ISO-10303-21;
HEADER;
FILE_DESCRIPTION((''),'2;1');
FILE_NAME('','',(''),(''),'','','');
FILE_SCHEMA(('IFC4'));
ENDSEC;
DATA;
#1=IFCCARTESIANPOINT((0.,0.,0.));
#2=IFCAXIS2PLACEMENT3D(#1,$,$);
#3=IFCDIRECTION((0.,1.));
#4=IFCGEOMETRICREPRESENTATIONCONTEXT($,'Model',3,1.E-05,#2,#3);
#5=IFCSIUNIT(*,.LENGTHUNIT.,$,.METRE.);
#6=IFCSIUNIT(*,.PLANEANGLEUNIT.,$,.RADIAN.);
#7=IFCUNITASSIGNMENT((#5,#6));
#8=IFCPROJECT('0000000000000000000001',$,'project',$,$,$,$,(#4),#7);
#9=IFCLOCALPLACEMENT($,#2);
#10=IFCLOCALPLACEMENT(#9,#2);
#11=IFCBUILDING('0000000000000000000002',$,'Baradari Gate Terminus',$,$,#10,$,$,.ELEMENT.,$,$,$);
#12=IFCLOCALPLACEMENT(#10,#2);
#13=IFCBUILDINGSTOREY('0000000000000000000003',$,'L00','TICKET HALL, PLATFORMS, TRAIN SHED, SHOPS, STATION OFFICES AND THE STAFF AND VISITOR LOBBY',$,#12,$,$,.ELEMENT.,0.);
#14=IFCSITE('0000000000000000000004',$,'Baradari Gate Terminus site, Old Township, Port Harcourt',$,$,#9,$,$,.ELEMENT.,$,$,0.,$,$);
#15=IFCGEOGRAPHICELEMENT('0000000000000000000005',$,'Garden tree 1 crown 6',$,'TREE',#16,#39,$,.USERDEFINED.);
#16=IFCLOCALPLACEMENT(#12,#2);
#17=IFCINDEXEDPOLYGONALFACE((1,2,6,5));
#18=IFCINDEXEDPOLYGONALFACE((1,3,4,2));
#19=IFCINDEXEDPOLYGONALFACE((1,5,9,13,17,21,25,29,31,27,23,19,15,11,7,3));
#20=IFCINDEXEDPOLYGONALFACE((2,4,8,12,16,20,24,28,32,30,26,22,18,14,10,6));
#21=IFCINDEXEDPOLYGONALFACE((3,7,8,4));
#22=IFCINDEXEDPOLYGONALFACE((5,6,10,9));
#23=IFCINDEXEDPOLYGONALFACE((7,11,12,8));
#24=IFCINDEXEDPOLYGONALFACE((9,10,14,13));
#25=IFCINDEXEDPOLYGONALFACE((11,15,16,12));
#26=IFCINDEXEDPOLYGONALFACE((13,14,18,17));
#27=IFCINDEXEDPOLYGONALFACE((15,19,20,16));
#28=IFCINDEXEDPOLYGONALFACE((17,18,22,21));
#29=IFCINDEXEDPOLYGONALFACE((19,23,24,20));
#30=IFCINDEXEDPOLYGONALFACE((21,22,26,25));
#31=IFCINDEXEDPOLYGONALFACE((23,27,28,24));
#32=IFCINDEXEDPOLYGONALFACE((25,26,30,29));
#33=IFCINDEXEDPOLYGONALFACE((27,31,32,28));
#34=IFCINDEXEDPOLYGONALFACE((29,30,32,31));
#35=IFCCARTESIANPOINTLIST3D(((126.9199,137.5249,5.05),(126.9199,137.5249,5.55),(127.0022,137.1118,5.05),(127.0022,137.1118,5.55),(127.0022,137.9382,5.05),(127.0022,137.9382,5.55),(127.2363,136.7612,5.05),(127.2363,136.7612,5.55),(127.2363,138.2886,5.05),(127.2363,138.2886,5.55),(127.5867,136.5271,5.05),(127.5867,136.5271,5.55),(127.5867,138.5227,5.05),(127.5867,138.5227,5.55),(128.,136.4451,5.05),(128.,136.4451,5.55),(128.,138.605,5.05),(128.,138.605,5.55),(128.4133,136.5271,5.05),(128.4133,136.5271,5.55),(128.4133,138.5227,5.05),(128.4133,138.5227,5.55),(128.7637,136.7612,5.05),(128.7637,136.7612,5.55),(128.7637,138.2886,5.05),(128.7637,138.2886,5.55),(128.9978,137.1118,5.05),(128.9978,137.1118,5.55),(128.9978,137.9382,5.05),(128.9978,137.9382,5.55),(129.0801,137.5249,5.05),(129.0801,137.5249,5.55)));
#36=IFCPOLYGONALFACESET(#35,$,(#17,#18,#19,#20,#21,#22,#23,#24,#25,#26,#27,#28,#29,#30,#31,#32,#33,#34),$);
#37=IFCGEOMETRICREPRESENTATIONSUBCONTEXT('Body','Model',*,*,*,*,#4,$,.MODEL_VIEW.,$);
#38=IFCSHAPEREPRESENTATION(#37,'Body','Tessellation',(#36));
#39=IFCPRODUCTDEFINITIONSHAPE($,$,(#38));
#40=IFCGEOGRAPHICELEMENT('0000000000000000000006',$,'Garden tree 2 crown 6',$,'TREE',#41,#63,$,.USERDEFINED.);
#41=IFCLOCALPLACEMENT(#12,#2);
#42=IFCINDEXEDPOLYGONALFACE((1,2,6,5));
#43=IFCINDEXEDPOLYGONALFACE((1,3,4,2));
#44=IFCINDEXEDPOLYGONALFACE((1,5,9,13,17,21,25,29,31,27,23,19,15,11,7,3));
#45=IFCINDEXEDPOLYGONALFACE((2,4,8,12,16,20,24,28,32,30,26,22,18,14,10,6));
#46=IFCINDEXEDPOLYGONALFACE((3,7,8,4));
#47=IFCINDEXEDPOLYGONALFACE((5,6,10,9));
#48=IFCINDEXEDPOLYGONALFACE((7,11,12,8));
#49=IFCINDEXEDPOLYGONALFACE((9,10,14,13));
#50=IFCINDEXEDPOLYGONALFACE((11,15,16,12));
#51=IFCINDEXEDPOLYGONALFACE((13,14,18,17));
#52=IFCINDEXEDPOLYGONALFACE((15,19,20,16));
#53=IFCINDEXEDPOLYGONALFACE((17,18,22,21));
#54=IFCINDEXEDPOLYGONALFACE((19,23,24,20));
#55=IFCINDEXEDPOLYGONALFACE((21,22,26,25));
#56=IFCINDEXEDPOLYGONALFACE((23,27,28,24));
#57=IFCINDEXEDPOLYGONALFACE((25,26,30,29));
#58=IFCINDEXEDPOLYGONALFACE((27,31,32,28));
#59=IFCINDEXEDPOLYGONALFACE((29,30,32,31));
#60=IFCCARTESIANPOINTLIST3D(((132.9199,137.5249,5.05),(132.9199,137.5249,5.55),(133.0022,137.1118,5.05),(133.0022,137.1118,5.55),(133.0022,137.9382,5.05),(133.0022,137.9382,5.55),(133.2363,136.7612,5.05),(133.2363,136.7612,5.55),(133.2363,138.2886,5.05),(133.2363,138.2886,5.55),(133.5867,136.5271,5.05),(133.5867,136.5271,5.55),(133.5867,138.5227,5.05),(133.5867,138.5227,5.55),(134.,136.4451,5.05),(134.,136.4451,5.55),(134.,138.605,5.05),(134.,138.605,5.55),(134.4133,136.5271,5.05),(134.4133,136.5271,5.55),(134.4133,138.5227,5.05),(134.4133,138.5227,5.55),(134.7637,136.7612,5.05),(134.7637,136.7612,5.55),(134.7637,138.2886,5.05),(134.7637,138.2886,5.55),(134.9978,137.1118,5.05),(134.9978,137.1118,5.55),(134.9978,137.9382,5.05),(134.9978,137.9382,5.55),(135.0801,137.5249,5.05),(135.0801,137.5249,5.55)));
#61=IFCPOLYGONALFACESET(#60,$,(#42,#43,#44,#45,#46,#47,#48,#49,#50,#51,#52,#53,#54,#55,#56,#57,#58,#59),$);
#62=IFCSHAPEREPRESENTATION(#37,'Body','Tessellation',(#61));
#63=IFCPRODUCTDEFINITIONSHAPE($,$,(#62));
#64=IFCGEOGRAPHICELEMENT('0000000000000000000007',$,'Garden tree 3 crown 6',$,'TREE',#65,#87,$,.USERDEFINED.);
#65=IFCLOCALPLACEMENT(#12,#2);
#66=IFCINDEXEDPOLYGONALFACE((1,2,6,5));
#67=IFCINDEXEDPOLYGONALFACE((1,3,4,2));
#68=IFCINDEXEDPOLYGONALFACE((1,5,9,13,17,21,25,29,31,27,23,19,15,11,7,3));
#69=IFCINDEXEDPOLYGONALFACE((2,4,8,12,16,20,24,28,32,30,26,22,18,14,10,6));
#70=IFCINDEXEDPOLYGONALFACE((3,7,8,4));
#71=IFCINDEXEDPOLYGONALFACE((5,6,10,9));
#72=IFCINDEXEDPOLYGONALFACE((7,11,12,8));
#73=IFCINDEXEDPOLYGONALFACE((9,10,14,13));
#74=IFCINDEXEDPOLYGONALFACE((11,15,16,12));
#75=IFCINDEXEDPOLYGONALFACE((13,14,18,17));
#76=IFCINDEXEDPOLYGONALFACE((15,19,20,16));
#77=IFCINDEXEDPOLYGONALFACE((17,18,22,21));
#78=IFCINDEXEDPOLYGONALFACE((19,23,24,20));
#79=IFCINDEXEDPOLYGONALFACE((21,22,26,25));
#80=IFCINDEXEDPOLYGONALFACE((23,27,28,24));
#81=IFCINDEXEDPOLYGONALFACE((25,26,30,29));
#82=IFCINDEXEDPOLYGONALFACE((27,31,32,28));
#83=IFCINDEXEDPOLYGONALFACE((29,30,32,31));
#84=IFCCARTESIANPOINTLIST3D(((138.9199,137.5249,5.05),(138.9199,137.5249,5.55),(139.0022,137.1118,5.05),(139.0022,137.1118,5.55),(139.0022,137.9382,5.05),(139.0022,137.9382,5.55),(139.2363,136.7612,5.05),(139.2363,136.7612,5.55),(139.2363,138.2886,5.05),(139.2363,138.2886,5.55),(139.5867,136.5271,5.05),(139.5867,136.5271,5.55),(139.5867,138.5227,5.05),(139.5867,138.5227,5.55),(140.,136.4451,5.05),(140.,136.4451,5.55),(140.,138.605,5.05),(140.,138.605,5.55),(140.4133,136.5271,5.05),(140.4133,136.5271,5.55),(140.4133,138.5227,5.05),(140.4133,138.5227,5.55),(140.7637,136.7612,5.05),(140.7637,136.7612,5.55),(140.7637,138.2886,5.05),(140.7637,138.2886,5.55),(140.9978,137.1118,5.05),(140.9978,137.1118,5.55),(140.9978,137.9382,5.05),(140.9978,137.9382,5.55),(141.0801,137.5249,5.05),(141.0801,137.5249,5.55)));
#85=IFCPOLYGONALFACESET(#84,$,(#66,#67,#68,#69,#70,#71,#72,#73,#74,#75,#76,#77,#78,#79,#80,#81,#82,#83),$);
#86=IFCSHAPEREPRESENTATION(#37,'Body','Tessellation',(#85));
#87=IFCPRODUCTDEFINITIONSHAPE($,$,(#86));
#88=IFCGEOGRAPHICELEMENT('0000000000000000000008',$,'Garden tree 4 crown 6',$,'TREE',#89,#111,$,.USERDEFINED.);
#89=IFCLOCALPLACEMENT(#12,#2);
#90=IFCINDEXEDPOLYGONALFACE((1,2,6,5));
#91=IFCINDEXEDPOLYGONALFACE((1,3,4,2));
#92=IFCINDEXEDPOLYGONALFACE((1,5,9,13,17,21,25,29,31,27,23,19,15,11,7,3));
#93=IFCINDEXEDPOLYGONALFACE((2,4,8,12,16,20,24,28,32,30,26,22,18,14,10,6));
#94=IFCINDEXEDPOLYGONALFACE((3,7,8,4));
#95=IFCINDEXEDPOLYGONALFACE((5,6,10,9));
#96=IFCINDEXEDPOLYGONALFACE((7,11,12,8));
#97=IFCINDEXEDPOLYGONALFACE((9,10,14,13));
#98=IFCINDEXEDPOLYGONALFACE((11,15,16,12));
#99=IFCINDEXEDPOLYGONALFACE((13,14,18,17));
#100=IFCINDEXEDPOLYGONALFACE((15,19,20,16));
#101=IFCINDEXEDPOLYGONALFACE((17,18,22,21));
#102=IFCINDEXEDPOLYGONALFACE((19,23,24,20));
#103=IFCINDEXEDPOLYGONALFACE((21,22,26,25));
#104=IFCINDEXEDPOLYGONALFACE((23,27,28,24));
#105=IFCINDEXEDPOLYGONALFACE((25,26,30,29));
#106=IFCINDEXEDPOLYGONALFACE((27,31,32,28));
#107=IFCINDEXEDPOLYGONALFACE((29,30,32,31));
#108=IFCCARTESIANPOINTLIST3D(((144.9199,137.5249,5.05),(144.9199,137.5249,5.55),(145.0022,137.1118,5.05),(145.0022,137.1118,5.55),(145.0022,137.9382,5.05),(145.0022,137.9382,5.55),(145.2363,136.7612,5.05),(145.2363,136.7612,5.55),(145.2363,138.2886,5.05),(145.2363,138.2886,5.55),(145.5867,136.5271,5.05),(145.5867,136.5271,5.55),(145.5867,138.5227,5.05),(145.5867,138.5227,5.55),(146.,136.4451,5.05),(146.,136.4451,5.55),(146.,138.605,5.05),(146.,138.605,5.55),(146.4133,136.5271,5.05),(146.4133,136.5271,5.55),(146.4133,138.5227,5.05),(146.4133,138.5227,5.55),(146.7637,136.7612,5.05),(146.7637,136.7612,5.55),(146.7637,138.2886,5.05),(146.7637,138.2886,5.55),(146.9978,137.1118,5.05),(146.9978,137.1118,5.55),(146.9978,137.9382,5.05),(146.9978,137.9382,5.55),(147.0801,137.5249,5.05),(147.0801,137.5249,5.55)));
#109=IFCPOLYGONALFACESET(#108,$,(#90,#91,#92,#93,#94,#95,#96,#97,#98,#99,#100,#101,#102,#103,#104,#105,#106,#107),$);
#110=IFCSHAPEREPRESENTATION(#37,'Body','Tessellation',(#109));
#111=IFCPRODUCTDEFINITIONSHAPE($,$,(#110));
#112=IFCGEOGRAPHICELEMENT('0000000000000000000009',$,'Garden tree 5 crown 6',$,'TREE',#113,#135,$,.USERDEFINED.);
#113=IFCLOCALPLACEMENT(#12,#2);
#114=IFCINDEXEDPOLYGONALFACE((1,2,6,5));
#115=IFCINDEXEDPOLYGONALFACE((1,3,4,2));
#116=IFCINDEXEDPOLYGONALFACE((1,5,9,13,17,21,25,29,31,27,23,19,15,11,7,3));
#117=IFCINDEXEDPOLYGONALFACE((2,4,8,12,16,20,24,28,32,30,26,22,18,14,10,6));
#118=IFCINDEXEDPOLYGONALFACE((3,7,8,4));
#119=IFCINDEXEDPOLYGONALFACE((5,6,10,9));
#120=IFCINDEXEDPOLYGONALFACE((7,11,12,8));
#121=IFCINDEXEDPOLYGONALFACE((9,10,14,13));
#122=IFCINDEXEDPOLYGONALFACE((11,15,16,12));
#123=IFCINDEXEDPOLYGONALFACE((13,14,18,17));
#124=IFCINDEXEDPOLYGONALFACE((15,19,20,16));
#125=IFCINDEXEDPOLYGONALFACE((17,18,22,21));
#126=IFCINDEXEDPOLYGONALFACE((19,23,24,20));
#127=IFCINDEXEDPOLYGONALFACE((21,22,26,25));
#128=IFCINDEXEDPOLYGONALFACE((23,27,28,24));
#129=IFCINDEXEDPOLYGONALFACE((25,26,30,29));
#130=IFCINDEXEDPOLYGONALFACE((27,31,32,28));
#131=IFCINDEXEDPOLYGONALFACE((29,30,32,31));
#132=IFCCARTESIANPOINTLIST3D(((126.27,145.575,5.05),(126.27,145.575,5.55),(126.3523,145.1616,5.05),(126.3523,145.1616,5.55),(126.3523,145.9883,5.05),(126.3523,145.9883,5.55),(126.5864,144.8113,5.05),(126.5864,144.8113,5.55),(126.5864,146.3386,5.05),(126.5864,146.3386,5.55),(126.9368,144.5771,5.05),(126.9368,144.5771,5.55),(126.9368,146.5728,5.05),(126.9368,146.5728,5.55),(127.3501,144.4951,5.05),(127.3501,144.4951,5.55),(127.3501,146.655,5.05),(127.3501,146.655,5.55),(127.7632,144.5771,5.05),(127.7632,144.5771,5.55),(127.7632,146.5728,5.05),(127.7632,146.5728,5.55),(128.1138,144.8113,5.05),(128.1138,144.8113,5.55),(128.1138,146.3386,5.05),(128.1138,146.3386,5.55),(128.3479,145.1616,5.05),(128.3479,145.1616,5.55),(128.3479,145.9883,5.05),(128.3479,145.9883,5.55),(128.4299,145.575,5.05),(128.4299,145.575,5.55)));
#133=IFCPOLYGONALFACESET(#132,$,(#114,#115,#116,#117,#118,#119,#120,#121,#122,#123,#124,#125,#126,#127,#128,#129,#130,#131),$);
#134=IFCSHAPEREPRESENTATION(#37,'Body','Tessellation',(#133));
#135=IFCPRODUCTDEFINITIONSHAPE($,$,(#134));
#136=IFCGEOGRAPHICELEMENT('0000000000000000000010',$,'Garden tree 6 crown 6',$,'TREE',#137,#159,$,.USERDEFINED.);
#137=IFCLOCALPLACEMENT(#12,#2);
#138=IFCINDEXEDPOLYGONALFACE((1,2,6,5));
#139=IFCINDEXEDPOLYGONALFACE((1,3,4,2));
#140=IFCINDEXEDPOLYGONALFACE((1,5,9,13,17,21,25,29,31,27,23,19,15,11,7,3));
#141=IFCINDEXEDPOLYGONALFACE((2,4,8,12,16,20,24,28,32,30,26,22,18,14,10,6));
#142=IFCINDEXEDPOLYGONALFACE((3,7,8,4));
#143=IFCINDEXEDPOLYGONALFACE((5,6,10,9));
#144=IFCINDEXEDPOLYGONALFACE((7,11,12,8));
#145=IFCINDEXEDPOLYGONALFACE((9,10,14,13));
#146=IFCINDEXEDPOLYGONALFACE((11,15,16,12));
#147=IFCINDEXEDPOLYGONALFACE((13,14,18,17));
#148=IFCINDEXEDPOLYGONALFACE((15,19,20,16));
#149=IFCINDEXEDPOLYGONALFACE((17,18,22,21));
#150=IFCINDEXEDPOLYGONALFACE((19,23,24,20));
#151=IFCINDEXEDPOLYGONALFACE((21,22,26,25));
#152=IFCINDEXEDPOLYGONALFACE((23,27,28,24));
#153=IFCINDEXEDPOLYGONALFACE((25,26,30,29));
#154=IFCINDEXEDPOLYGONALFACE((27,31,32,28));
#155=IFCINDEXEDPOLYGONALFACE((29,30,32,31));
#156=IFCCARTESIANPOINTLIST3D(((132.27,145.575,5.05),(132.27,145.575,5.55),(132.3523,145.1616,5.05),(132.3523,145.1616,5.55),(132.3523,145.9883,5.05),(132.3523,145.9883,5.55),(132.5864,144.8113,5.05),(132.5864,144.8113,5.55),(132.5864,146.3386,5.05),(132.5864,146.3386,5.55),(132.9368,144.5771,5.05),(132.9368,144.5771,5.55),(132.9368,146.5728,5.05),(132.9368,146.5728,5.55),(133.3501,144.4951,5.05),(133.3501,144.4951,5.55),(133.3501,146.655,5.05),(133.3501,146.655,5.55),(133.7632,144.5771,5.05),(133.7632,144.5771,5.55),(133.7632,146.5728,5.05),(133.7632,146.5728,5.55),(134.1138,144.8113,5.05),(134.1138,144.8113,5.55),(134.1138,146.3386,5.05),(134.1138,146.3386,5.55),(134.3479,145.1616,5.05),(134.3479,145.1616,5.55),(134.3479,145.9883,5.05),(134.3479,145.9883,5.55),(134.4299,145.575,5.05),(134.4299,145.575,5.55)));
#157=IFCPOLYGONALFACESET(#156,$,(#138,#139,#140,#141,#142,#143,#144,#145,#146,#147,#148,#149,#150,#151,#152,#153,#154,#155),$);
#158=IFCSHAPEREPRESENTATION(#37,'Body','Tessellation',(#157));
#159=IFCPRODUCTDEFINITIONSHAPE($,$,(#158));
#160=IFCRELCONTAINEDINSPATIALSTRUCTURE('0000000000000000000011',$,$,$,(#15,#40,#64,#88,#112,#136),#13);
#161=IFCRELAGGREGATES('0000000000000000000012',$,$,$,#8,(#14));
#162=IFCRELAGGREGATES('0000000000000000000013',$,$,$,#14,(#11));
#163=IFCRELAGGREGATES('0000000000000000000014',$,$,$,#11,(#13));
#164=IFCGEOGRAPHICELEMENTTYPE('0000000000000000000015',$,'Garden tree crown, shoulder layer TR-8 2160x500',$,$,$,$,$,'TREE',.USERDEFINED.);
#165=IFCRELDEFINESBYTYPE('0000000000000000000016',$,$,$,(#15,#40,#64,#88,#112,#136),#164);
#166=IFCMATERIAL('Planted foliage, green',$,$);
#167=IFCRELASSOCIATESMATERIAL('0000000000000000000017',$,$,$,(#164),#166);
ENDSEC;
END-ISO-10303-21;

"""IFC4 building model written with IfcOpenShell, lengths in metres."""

from ifc_helpers import new_model, si_unit, direction, frame, origin, place, context, subcontext, project, spatial, polyline, outline, extrude, material, type_object, element, save


model = new_model("IFC4")

# Units and contexts
model_context = context("Model", 3, precision=1e-05, world=origin(), true_north=direction((0.0, 1.0)))
body_context = subcontext(model_context, "Body", "Model", "MODEL_VIEW")
ifc_project = project(units=[si_unit("LENGTHUNIT", "METRE"), si_unit("PLANEANGLEUNIT", "RADIAN")], contexts=[model_context])

# Site, building, storey
site_placement = place(None, origin())
site = spatial("IfcSite", under=ifc_project, at=site_placement, Name="Baradari Gate Terminus site, Old Township, Port Harcourt", CompositionType="ELEMENT", RefElevation=0.0)
building_placement = place(site_placement, origin())
building = spatial("IfcBuilding", under=site, at=building_placement, Name="Baradari Gate Terminus", CompositionType="ELEMENT")
storey_placement = place(building_placement, origin())
storey = spatial("IfcBuildingStorey", under=building, at=storey_placement, Name="L00", Description="TICKET HALL, PLATFORMS, TRAIN SHED, SHOPS, STATION OFFICES AND THE STAFF AND VISITOR LOBBY", CompositionType="ELEMENT", Elevation=0.0)

# Geographic elements
ifc_material_1 = material(Name="Planted foliage, green")
geographic_element_type_1 = type_object("IfcGeographicElementType", Name="Garden tree crown, shoulder layer TR-8 2160x500", ElementType="TREE", PredefinedType="USERDEFINED", material=ifc_material_1)
geographic_element_1_placement = place(storey_placement, frame((0.0, 0.0, 5.05)))
element("IfcGeographicElement", 1, at=geographic_element_1_placement, inside=storey, type_object=geographic_element_type_1, Name="Garden tree 1 crown 6", ObjectType="TREE", PredefinedType="USERDEFINED", context=body_context, shape_type="SweptSolid", body=[
    extrude(outline(polyline([(129.0801, 137.5249), (128.9978, 137.9382), (128.7637, 138.2886), (128.4133, 138.5227), (128.0, 138.605), (127.5867, 138.5227), (127.2363, 138.2886), (127.0022, 137.9382), (126.9199, 137.5249), (127.0022, 137.1118), (127.2363, 136.7612), (127.5867, 136.5271), (128.0, 136.4451), (128.4133, 136.5271), (128.7637, 136.7612), (128.9978, 137.1118), (129.0801, 137.5249)])), origin(), (0.0, 0.0, 1.0), 0.5),
])
geographic_element_2_placement = place(storey_placement, frame((0.0, 0.0, 5.05)))
element("IfcGeographicElement", 2, at=geographic_element_2_placement, inside=storey, type_object=geographic_element_type_1, Name="Garden tree 2 crown 6", ObjectType="TREE", PredefinedType="USERDEFINED", context=body_context, shape_type="SweptSolid", body=[
    extrude(outline(polyline([(135.0801, 137.5249), (134.9978, 137.9382), (134.7637, 138.2886), (134.4133, 138.5227), (134.0, 138.605), (133.5867, 138.5227), (133.2363, 138.2886), (133.0022, 137.9382), (132.9199, 137.5249), (133.0022, 137.1118), (133.2363, 136.7612), (133.5867, 136.5271), (134.0, 136.4451), (134.4133, 136.5271), (134.7637, 136.7612), (134.9978, 137.1118), (135.0801, 137.5249)])), origin(), (0.0, 0.0, 1.0), 0.5),
])
geographic_element_3_placement = place(storey_placement, frame((0.0, 0.0, 5.05)))
element("IfcGeographicElement", 3, at=geographic_element_3_placement, inside=storey, type_object=geographic_element_type_1, Name="Garden tree 3 crown 6", ObjectType="TREE", PredefinedType="USERDEFINED", context=body_context, shape_type="SweptSolid", body=[
    extrude(outline(polyline([(141.0801, 137.5249), (140.9978, 137.9382), (140.7637, 138.2886), (140.4133, 138.5227), (140.0, 138.605), (139.5867, 138.5227), (139.2363, 138.2886), (139.0022, 137.9382), (138.9199, 137.5249), (139.0022, 137.1118), (139.2363, 136.7612), (139.5867, 136.5271), (140.0, 136.4451), (140.4133, 136.5271), (140.7637, 136.7612), (140.9978, 137.1118), (141.0801, 137.5249)])), origin(), (0.0, 0.0, 1.0), 0.5),
])
geographic_element_4_placement = place(storey_placement, frame((0.0, 0.0, 5.05)))
element("IfcGeographicElement", 4, at=geographic_element_4_placement, inside=storey, type_object=geographic_element_type_1, Name="Garden tree 4 crown 6", ObjectType="TREE", PredefinedType="USERDEFINED", context=body_context, shape_type="SweptSolid", body=[
    extrude(outline(polyline([(147.0801, 137.5249), (146.9978, 137.9382), (146.7637, 138.2886), (146.4133, 138.5227), (146.0, 138.605), (145.5867, 138.5227), (145.2363, 138.2886), (145.0022, 137.9382), (144.9199, 137.5249), (145.0022, 137.1118), (145.2363, 136.7612), (145.5867, 136.5271), (146.0, 136.4451), (146.4133, 136.5271), (146.7637, 136.7612), (146.9978, 137.1118), (147.0801, 137.5249)])), origin(), (0.0, 0.0, 1.0), 0.5),
])
geographic_element_5_placement = place(storey_placement, frame((0.0, 0.0, 5.05)))
element("IfcGeographicElement", 5, at=geographic_element_5_placement, inside=storey, type_object=geographic_element_type_1, Name="Garden tree 5 crown 6", ObjectType="TREE", PredefinedType="USERDEFINED", context=body_context, shape_type="SweptSolid", body=[
    extrude(outline(polyline([(128.4299, 145.575), (128.3479, 145.9883), (128.1138, 146.3386), (127.7632, 146.5728), (127.3501, 146.655), (126.9368, 146.5728), (126.5864, 146.3386), (126.3523, 145.9883), (126.27, 145.575), (126.3523, 145.1616), (126.5864, 144.8113), (126.9368, 144.5771), (127.3501, 144.4951), (127.7632, 144.5771), (128.1138, 144.8113), (128.3479, 145.1616), (128.4299, 145.575)])), origin(), (0.0, 0.0, 1.0), 0.5),
])
geographic_element_6_placement = place(storey_placement, frame((0.0, 0.0, 5.05)))
element("IfcGeographicElement", 6, at=geographic_element_6_placement, inside=storey, type_object=geographic_element_type_1, Name="Garden tree 6 crown 6", ObjectType="TREE", PredefinedType="USERDEFINED", context=body_context, shape_type="SweptSolid", body=[
    extrude(outline(polyline([(134.4299, 145.575), (134.3479, 145.9883), (134.1138, 146.3386), (133.7632, 146.5728), (133.3501, 146.655), (132.9368, 146.5728), (132.5864, 146.3386), (132.3523, 145.9883), (132.27, 145.575), (132.3523, 145.1616), (132.5864, 144.8113), (132.9368, 144.5771), (133.3501, 144.4951), (133.7632, 144.5771), (134.1138, 144.8113), (134.3479, 145.1616), (134.4299, 145.575)])), origin(), (0.0, 0.0, 1.0), 0.5),
])

save(model, "model.ifc")
